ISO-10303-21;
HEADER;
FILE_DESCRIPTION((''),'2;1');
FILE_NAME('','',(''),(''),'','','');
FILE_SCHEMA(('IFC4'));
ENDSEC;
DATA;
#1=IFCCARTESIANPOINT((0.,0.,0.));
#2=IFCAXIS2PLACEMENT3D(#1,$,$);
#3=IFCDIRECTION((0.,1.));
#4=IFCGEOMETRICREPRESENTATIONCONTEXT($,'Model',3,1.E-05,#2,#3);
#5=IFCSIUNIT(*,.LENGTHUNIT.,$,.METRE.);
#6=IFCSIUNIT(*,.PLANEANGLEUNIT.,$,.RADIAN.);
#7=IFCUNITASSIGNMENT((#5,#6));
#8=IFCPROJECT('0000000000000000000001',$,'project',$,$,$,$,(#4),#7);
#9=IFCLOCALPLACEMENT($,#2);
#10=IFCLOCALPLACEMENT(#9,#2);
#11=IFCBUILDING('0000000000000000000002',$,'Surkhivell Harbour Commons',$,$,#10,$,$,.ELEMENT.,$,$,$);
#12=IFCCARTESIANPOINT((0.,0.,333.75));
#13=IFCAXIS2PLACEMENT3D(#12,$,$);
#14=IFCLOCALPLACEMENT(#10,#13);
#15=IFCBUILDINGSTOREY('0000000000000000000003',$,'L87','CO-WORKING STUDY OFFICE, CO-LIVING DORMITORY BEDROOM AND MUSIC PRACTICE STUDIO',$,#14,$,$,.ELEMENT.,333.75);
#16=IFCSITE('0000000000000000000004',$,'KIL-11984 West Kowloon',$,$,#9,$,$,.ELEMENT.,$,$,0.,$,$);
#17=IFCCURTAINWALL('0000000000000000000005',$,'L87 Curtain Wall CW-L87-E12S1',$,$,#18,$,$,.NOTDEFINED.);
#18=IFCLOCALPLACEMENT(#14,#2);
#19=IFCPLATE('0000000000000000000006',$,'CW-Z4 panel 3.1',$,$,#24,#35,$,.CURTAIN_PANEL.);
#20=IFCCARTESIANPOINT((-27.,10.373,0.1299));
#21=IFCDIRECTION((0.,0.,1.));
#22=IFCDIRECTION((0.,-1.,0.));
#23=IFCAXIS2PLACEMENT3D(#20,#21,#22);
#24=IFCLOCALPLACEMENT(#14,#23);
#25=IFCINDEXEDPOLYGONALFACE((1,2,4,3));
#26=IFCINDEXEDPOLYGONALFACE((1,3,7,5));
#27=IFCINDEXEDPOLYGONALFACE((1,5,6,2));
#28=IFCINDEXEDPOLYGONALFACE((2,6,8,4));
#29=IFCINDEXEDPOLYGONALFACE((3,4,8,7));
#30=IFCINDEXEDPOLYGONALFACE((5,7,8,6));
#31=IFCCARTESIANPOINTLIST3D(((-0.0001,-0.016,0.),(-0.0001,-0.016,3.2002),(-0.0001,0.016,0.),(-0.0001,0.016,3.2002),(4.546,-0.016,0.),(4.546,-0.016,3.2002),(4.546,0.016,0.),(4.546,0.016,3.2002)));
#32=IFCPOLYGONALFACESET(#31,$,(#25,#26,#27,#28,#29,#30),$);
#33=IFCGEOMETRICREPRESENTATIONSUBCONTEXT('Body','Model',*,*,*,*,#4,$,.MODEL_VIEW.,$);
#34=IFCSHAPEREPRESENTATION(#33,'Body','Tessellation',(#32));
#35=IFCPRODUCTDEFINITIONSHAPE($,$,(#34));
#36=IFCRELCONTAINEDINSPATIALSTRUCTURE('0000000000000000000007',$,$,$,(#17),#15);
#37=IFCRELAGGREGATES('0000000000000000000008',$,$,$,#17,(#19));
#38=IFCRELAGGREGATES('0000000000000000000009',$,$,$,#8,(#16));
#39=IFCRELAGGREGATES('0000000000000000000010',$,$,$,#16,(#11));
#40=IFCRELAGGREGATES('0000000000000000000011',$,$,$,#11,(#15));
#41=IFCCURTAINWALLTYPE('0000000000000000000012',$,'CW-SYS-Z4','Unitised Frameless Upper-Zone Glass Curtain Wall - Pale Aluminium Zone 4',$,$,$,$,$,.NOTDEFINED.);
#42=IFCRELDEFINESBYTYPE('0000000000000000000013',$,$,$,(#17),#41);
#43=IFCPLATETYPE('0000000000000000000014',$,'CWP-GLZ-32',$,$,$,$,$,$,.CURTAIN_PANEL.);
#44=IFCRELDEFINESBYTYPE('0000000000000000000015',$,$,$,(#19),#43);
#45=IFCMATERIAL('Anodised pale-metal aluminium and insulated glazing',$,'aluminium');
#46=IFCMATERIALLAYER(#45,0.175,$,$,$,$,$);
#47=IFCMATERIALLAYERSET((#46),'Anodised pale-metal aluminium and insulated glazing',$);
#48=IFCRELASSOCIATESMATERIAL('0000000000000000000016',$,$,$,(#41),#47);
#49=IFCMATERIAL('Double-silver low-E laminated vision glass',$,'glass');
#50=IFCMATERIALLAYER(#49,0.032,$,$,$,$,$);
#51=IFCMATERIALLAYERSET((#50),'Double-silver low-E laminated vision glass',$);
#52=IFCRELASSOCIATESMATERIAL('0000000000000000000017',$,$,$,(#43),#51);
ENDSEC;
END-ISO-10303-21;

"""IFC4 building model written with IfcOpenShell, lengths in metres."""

from ifc_helpers import new_model, si_unit, direction, frame, frame_2d, origin, place, context, subcontext, project, spatial, rectangle, extrude, material, layer, layer_set, type_object, element, aggregate, save


model = new_model("IFC4")

# Units and contexts
model_context = context("Model", 3, precision=1e-05, world=origin(), true_north=direction((0.0, 1.0)))
body_context = subcontext(model_context, "Body", "Model", "MODEL_VIEW")
ifc_project = project(units=[si_unit("LENGTHUNIT", "METRE"), si_unit("PLANEANGLEUNIT", "RADIAN")], contexts=[model_context])

# Site, building, storey
site_placement = place(None, origin())
site = spatial("IfcSite", under=ifc_project, at=site_placement, Name="KIL-11984 West Kowloon", CompositionType="ELEMENT", RefElevation=0.0)
building_placement = place(site_placement, origin())
building = spatial("IfcBuilding", under=site, at=building_placement, Name="Surkhivell Harbour Commons", CompositionType="ELEMENT")
storey_placement = place(building_placement, frame((0.0, 0.0, 333.75)))
storey = spatial("IfcBuildingStorey", under=building, at=storey_placement, Name="L87", Description="CO-WORKING STUDY OFFICE, CO-LIVING DORMITORY BEDROOM AND MUSIC PRACTICE STUDIO", CompositionType="ELEMENT", Elevation=333.75)

# Curtain wall, plate
ifc_material_1 = material(Name="Anodised pale-metal aluminium and insulated glazing", Category="aluminium")
ifc_layer_1 = layer(ifc_material_1, 0.175)
ifc_layer_set_1 = layer_set([ifc_layer_1], Name="Anodised pale-metal aluminium and insulated glazing")
curtain_wall_type = type_object("IfcCurtainWallType", Name="CW-SYS-Z4", Description="Unitised Frameless Upper-Zone Glass Curtain Wall - Pale Aluminium Zone 4", PredefinedType="NOTDEFINED", material=ifc_layer_set_1)
curtain_wall_placement = place(storey_placement, origin())
curtain_wall = element("IfcCurtainWall", 1, at=curtain_wall_placement, inside=storey, type_object=curtain_wall_type, Name="L87 Curtain Wall CW-L87-E12S1", PredefinedType="NOTDEFINED")
ifc_material_2 = material(Name="Double-silver low-E laminated vision glass", Category="glass")
ifc_layer_2 = layer(ifc_material_2, 0.032)
ifc_layer_set_2 = layer_set([ifc_layer_2], Name="Double-silver low-E laminated vision glass")
plate_type = type_object("IfcPlateType", Name="CWP-GLZ-32", PredefinedType="CURTAIN_PANEL", material=ifc_layer_set_2)
plate_1_placement = place(storey_placement, frame((-27.0, 10.373, 0.1299), z_axis=(0.0, 0.0, 1.0), x_axis=(0.0, -1.0, 0.0)))
plate_1 = element("IfcPlate", 2, at=plate_1_placement, type_object=plate_type, Name="CW-Z4 panel 3.1", PredefinedType="CURTAIN_PANEL", context=body_context, shape_type="SweptSolid", body=[
    extrude(rectangle(XDim=4.5461, YDim=0.032, at=frame_2d((2.2729, 0.0))), origin(), (0.0, 0.0, 1.0), 3.2002),
])
aggregate(curtain_wall, [plate_1])

save(model, "model.ifc")
